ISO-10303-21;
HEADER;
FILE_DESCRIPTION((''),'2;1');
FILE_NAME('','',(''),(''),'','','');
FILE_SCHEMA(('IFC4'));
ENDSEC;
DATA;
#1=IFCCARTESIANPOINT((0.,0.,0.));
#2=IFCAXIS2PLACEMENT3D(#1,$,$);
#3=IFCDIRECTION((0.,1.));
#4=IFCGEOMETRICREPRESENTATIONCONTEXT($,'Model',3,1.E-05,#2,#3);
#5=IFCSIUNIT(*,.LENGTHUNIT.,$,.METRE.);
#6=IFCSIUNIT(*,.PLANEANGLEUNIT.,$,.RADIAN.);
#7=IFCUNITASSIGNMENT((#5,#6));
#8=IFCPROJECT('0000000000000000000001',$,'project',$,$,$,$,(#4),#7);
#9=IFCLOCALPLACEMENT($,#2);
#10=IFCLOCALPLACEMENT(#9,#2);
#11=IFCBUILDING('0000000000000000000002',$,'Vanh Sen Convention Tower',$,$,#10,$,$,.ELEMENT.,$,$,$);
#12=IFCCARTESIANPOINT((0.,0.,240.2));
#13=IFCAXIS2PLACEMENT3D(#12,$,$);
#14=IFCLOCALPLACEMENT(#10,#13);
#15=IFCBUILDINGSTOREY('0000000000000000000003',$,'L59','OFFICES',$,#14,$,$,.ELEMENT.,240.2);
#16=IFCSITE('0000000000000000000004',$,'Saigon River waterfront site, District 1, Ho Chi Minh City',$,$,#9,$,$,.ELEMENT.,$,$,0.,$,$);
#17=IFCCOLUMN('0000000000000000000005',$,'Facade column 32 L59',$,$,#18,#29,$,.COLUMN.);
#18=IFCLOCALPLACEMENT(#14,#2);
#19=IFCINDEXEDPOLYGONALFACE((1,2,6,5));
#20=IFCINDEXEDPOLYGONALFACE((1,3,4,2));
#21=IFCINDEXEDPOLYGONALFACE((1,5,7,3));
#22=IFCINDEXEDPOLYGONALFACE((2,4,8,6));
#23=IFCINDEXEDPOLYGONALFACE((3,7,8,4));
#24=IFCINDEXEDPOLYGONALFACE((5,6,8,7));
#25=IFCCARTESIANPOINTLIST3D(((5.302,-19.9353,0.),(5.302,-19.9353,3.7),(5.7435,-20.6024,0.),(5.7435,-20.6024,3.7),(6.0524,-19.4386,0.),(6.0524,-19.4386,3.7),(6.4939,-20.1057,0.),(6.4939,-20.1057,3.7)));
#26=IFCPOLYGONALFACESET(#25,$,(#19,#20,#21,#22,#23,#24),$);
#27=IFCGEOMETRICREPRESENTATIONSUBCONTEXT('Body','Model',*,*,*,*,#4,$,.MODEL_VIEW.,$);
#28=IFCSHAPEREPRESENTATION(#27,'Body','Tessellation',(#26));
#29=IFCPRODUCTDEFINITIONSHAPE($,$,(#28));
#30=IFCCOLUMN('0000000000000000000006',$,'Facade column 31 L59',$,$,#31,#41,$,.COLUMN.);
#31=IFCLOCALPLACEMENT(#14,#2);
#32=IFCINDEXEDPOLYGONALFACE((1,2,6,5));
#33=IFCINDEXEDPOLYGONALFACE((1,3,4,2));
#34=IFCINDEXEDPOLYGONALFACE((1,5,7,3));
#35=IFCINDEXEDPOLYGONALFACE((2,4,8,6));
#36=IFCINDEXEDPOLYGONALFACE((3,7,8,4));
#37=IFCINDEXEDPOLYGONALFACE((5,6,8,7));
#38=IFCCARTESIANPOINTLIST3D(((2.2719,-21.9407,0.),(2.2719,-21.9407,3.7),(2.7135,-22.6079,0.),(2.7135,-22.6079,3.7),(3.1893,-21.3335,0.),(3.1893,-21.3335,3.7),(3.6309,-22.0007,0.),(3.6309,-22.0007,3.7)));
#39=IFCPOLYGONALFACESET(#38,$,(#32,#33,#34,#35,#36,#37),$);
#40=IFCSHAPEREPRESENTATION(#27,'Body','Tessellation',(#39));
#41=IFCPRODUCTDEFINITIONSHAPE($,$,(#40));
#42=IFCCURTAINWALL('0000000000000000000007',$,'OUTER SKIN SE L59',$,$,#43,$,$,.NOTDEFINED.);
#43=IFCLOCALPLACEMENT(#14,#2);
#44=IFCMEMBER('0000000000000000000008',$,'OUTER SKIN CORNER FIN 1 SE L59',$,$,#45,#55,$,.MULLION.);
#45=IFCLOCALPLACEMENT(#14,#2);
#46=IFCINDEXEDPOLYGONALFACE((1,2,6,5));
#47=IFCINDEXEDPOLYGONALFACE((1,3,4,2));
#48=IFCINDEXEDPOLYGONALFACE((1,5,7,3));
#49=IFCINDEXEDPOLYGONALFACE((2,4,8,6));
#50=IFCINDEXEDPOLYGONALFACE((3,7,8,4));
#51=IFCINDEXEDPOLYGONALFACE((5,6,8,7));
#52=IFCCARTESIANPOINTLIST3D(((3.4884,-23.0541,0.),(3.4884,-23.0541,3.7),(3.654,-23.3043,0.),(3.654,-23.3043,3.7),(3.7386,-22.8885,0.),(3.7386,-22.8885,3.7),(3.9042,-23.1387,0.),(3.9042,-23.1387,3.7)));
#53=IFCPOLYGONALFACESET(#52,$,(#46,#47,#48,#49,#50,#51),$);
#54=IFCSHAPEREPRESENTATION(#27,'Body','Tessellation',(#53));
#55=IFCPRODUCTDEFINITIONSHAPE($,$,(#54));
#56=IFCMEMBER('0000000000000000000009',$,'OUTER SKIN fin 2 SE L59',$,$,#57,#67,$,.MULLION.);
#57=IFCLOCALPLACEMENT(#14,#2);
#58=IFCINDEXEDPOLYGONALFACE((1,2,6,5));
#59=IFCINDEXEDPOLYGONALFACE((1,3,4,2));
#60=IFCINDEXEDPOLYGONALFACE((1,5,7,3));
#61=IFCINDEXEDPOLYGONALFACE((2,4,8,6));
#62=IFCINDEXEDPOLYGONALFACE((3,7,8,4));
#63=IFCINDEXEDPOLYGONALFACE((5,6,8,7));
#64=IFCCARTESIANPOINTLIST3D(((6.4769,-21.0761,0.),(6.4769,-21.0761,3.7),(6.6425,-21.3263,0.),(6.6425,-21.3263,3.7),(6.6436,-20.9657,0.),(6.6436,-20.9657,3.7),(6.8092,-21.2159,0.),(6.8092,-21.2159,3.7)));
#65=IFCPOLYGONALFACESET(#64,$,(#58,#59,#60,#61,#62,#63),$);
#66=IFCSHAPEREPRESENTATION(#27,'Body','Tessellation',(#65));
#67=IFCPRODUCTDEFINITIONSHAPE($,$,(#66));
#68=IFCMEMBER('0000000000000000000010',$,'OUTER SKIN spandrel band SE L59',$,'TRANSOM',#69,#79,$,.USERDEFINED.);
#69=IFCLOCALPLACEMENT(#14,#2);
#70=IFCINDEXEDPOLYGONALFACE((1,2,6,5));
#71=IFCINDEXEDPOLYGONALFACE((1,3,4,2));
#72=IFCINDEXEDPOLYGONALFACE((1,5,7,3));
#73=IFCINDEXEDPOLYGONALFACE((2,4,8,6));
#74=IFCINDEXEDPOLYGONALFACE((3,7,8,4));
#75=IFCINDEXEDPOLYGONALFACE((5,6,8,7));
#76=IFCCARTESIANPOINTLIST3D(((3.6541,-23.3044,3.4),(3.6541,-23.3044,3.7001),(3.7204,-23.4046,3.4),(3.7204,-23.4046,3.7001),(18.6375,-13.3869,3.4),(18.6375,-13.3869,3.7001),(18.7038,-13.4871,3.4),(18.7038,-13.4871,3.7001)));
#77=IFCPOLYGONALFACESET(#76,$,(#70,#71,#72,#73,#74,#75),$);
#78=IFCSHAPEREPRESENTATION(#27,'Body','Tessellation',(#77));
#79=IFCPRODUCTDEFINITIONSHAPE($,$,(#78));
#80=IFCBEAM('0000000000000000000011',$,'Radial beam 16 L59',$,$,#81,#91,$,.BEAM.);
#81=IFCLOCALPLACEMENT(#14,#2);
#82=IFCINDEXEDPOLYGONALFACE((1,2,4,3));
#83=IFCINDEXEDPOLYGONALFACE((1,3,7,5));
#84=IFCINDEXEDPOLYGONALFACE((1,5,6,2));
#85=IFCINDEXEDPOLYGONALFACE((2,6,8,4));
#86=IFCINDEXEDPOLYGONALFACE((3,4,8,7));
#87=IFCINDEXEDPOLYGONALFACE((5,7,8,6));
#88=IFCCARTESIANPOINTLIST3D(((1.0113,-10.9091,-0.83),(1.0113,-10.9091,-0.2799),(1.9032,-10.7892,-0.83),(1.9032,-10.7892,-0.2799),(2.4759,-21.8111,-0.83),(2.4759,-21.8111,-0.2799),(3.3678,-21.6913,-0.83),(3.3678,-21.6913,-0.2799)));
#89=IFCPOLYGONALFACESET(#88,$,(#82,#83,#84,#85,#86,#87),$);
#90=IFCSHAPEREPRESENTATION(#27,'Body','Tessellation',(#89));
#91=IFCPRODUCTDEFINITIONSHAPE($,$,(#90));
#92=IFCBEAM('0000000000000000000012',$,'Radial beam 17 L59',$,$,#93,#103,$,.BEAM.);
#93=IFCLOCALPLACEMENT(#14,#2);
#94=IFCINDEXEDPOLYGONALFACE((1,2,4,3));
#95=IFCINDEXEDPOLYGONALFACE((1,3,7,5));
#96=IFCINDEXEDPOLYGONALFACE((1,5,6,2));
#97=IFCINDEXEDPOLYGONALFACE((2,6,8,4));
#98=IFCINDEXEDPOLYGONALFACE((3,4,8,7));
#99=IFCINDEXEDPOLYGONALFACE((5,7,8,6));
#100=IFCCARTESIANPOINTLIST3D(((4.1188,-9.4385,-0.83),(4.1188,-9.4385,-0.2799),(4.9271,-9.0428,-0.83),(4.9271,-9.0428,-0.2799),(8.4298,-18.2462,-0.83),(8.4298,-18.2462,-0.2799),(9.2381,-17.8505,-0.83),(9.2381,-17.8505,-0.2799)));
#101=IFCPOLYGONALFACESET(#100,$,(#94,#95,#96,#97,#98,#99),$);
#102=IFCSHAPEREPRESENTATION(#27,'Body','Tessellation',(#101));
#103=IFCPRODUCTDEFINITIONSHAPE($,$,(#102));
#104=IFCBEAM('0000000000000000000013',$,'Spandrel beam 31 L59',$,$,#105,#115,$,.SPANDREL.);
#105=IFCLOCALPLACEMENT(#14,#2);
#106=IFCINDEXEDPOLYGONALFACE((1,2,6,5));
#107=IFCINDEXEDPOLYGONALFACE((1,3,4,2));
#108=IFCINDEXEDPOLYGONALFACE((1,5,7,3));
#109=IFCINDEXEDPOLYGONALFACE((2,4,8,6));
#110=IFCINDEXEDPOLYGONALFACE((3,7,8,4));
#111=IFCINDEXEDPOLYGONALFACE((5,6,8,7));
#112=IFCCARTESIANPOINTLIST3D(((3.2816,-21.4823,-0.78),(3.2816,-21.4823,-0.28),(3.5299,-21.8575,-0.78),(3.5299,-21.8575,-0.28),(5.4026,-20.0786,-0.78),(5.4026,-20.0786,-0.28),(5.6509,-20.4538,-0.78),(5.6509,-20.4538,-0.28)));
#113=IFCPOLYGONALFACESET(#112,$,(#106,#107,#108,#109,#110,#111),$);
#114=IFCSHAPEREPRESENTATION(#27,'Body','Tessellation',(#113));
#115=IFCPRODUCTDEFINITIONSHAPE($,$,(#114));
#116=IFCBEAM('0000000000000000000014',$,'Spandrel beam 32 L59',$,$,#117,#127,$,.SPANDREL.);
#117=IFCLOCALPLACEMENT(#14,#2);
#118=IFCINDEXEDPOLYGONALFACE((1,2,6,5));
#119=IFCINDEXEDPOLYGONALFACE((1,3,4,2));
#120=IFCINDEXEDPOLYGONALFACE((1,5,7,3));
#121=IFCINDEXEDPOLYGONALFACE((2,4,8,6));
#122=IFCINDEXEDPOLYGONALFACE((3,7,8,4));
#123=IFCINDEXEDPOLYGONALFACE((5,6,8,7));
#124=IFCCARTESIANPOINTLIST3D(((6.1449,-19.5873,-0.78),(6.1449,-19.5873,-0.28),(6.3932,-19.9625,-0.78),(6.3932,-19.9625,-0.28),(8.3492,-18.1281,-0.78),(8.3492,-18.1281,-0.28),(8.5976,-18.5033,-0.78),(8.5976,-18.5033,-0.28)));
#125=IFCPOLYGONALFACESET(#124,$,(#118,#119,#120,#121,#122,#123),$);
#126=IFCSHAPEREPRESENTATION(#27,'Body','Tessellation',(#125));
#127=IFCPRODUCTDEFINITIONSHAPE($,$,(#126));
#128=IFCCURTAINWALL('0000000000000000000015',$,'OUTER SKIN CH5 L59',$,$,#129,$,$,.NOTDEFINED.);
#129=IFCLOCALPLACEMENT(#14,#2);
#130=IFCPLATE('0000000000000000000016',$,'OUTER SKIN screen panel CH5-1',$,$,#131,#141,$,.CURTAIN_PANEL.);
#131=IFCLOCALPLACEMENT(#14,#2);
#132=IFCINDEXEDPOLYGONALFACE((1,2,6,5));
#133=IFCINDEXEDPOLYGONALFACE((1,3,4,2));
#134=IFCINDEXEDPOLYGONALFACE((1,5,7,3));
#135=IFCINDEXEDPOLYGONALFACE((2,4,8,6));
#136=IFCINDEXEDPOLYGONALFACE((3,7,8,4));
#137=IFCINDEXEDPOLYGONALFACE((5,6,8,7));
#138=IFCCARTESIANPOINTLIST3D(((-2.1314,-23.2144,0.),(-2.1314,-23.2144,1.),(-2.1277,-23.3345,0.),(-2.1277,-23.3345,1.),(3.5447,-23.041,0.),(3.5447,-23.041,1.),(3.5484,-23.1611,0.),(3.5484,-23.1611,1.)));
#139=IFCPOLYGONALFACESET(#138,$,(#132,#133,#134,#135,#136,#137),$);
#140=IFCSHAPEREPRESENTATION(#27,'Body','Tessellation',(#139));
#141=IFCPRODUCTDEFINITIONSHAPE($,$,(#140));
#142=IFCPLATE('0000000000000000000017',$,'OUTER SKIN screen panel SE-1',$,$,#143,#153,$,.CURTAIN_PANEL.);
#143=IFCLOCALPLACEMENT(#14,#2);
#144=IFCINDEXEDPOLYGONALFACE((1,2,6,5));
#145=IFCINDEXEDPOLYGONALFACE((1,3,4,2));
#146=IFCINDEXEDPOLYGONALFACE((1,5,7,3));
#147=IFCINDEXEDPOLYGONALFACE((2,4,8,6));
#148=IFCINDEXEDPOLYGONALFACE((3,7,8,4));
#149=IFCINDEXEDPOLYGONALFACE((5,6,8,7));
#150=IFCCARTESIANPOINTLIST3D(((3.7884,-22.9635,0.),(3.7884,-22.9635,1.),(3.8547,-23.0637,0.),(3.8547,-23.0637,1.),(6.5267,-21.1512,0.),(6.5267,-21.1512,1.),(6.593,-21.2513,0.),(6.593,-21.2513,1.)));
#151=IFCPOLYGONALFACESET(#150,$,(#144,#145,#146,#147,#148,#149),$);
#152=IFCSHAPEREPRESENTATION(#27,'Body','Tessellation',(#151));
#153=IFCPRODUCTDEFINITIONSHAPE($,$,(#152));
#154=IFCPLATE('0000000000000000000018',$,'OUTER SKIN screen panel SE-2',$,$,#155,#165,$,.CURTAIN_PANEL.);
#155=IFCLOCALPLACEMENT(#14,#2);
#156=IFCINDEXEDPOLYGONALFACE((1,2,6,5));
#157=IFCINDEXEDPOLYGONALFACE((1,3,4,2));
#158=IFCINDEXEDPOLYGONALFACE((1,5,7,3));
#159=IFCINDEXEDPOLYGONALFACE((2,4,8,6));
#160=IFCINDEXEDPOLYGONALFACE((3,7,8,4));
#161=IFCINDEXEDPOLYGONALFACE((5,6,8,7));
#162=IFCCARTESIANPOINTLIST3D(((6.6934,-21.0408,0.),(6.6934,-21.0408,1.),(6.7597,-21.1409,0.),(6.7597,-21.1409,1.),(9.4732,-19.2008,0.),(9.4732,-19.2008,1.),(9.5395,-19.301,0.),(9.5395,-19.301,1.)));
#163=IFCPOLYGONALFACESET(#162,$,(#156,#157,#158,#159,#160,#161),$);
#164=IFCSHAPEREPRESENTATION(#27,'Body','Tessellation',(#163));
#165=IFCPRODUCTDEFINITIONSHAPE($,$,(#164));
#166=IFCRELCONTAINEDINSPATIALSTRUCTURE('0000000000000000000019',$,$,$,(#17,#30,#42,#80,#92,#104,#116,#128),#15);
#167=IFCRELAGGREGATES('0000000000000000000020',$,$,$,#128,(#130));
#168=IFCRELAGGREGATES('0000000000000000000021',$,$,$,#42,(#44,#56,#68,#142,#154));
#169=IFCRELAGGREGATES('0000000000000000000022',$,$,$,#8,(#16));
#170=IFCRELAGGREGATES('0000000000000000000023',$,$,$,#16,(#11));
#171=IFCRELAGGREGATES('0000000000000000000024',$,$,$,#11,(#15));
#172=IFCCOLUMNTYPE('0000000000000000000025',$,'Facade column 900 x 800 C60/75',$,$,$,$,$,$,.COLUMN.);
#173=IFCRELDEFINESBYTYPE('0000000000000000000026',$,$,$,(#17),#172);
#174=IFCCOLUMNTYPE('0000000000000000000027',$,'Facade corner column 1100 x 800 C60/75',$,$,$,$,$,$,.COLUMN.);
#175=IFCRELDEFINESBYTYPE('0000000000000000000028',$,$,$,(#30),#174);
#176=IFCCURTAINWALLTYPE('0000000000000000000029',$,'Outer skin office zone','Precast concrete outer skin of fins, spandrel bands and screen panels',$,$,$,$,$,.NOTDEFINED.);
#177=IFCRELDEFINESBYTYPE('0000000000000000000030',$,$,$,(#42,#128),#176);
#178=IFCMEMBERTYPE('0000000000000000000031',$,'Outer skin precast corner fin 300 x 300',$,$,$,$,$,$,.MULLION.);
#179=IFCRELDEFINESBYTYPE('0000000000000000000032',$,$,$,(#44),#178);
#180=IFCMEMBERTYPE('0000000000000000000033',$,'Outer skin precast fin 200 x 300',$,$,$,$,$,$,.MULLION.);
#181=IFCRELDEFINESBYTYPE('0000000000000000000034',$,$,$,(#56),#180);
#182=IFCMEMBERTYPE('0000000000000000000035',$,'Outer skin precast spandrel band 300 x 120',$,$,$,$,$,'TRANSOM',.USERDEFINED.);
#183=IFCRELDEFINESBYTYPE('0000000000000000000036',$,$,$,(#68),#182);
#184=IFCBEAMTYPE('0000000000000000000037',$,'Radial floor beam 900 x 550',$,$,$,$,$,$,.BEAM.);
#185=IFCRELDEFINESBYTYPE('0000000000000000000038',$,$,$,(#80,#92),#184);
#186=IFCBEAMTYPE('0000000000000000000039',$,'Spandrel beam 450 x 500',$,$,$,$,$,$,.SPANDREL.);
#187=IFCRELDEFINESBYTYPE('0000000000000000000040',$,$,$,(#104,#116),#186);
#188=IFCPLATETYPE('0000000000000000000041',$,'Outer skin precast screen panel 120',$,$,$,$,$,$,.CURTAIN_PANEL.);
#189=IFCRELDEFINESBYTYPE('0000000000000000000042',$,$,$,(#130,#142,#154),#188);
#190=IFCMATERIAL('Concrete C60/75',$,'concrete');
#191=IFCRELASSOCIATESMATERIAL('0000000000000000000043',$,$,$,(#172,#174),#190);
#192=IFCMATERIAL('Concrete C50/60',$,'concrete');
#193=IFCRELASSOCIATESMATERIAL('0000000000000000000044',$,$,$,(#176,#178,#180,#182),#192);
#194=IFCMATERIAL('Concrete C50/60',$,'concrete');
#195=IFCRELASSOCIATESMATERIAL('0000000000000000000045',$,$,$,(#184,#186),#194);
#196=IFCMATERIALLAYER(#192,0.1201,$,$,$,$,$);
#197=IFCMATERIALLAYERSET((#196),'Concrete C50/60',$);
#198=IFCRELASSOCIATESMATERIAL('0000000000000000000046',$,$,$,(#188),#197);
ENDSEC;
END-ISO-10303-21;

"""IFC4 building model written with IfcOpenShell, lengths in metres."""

from ifc_helpers import new_model, si_unit, direction, frame, origin, origin_2d, place, context, subcontext, project, spatial, rectangle, extrude, material, layer, layer_set, material_profile, profile_set, type_object, element, aggregate, save


model = new_model("IFC4")

# Units and contexts
model_context = context("Model", 3, precision=1e-05, world=origin(), true_north=direction((0.0, 1.0)))
body_context = subcontext(model_context, "Body", "Model", "MODEL_VIEW")
ifc_project = project(units=[si_unit("LENGTHUNIT", "METRE"), si_unit("PLANEANGLEUNIT", "RADIAN")], contexts=[model_context])

# Site, building, storey
site_placement = place(None, origin())
site = spatial("IfcSite", under=ifc_project, at=site_placement, Name="Saigon River waterfront site, District 1, Ho Chi Minh City", CompositionType="ELEMENT", RefElevation=0.0)
building_placement = place(site_placement, origin())
building = spatial("IfcBuilding", under=site, at=building_placement, Name="Vanh Sen Convention Tower", CompositionType="ELEMENT")
storey_placement = place(building_placement, frame((0.0, 0.0, 240.2)))
storey = spatial("IfcBuildingStorey", under=building, at=storey_placement, Name="L59", Description="OFFICES", CompositionType="ELEMENT", Elevation=240.2)

# Columns
ifc_material_1 = material(Name="Concrete C60/75", Category="concrete")
ifc_material_profile_1 = material_profile(ifc_material_1, rectangle(XDim=0.8999, YDim=0.8, at=origin_2d()), Name="RC 900X800")
ifc_profile_set_1 = profile_set([ifc_material_profile_1], Name="Concrete C60/75")
column_type_1 = type_object("IfcColumnType", Name="Facade column 900 x 800 C60/75", PredefinedType="COLUMN", material=ifc_profile_set_1)
column_1_placement = place(storey_placement, frame((5.8979, -20.0205, 0.0), z_axis=(0.0, 0.0, 1.0), x_axis=(0.833886, 0.551937, 0.0)))
element("IfcColumn", 1, at=column_1_placement, inside=storey, type_object=column_type_1, Name="Facade column 32 L59", PredefinedType="COLUMN", context=body_context, shape_type="SweptSolid", body=[
    extrude(rectangle(XDim=0.8999, YDim=0.8, at=origin_2d()), origin(), (0.0, 0.0, 1.0), 3.7),
])
ifc_material_profile_2 = material_profile(ifc_material_1, rectangle(XDim=1.1001, YDim=0.8, at=origin_2d()), Name="RC 1100X800")
ifc_profile_set_2 = profile_set([ifc_material_profile_2], Name="Concrete C60/75")
column_type_2 = type_object("IfcColumnType", Name="Facade corner column 1100 x 800 C60/75", PredefinedType="COLUMN", material=ifc_profile_set_2)
column_2_placement = place(storey_placement, frame((2.9514, -21.9707, 0.0), z_axis=(0.0, 0.0, 1.0), x_axis=(0.833886, 0.551937, 0.0)))
element("IfcColumn", 2, at=column_2_placement, inside=storey, type_object=column_type_2, Name="Facade column 31 L59", PredefinedType="COLUMN", context=body_context, shape_type="SweptSolid", body=[
    extrude(rectangle(XDim=1.1001, YDim=0.8, at=origin_2d()), origin(), (0.0, 0.0, 1.0), 3.7),
])

# Curtain wall, members
ifc_material_2 = material(Name="Concrete C50/60", Category="concrete")
curtain_wall_type = type_object("IfcCurtainWallType", Name="Outer skin office zone", Description="Precast concrete outer skin of fins, spandrel bands and screen panels", PredefinedType="NOTDEFINED", material=ifc_material_2)
curtain_wall_1_placement = place(storey_placement, origin())
curtain_wall_1 = element("IfcCurtainWall", 3, at=curtain_wall_1_placement, inside=storey, type_object=curtain_wall_type, Name="OUTER SKIN SE L59", PredefinedType="NOTDEFINED")
ifc_material_profile_3 = material_profile(ifc_material_2, rectangle(XDim=0.3, YDim=0.3, at=origin_2d()), Name="Outer skin precast corner fin 300 x 300")
ifc_profile_set_3 = profile_set([ifc_material_profile_3], Name="Concrete C50/60")
member_type_1 = type_object("IfcMemberType", Name="Outer skin precast corner fin 300 x 300", PredefinedType="MULLION", material=ifc_profile_set_3)
member_1_placement = place(storey_placement, frame((3.6963, -23.0964, 0.0), z_axis=(0.0, 0.0, 1.0), x_axis=(0.833886, 0.551937, 0.0)))
member_1 = element("IfcMember", 4, at=member_1_placement, type_object=member_type_1, Name="OUTER SKIN CORNER FIN 1 SE L59", PredefinedType="MULLION", context=body_context, shape_type="SweptSolid", body=[
    extrude(rectangle(XDim=0.3, YDim=0.3, at=origin_2d()), origin(), (0.0, 0.0, 1.0), 3.7),
])
ifc_material_profile_4 = material_profile(ifc_material_2, rectangle(XDim=0.2, YDim=0.3, at=origin_2d()), Name="Outer skin precast fin 200 x 300")
ifc_profile_set_4 = profile_set([ifc_material_profile_4], Name="Concrete C50/60")
member_type_2 = type_object("IfcMemberType", Name="Outer skin precast fin 200 x 300", PredefinedType="MULLION", material=ifc_profile_set_4)
member_2_placement = place(storey_placement, frame((6.6431, -21.146, 0.0), z_axis=(0.0, 0.0, 1.0), x_axis=(0.833886, 0.551937, 0.0)))
member_2 = element("IfcMember", 5, at=member_2_placement, type_object=member_type_2, Name="OUTER SKIN fin 2 SE L59", PredefinedType="MULLION", context=body_context, shape_type="SweptSolid", body=[
    extrude(rectangle(XDim=0.2, YDim=0.3, at=origin_2d()), origin(), (0.0, 0.0, 1.0), 3.7),
])
ifc_material_profile_5 = material_profile(ifc_material_2, rectangle(XDim=0.1201, YDim=0.3, at=origin_2d()), Name="Outer skin precast spandrel band 300 x 120")
ifc_profile_set_5 = profile_set([ifc_material_profile_5], Name="Concrete C50/60")
member_type_3 = type_object("IfcMemberType", Name="Outer skin precast spandrel band 300 x 120", ElementType="TRANSOM", PredefinedType="USERDEFINED", material=ifc_profile_set_5)
member_3_placement = place(storey_placement, frame((3.6873, -23.3545, 3.55), z_axis=(0.833881, 0.551944, 0.0), x_axis=(-0.551944, 0.833881, 0.0)))
member_3 = element("IfcMember", 6, at=member_3_placement, type_object=member_type_3, Name="OUTER SKIN spandrel band SE L59", ObjectType="TRANSOM", PredefinedType="USERDEFINED", context=body_context, shape_type="SweptSolid", body=[
    extrude(rectangle(XDim=0.1201, YDim=0.3, at=origin_2d()), origin(), (0.0, 0.0, 1.0), 17.9683),
])

# Beams
ifc_material_3 = material(Name="Concrete C50/60", Category="concrete")
ifc_material_profile_6 = material_profile(ifc_material_3, rectangle(XDim=0.8999, YDim=0.55, at=origin_2d()), Name="RC 900X550")
ifc_profile_set_6 = profile_set([ifc_material_profile_6], Name="Concrete C50/60")
beam_type_1 = type_object("IfcBeamType", Name="Radial floor beam 900 x 550", PredefinedType="BEAM", material=ifc_profile_set_6)
beam_1_placement = place(storey_placement, frame((2.9219, -21.7512, -0.5549), z_axis=(-0.133145, 0.991097, 0.0), x_axis=(-0.991097, -0.133145, 0.0)))
element("IfcBeam", 7, at=beam_1_placement, inside=storey, type_object=beam_type_1, Name="Radial beam 16 L59", PredefinedType="BEAM", context=body_context, shape_type="SweptSolid", body=[
    extrude(rectangle(XDim=0.8999, YDim=0.55, at=origin_2d()), origin(), (0.0, 0.0, 1.0), 11.0),
])
beam_2_placement = place(storey_placement, frame((8.834, -18.0483, -0.5549), z_axis=(-0.439629, 0.898179, 0.0), x_axis=(-0.898179, -0.439629, 0.0)))
element("IfcBeam", 8, at=beam_2_placement, inside=storey, type_object=beam_type_1, Name="Radial beam 17 L59", PredefinedType="BEAM", context=body_context, shape_type="SweptSolid", body=[
    extrude(rectangle(XDim=0.8999, YDim=0.55, at=origin_2d()), origin(), (0.0, 0.0, 1.0), 9.8062),
])
ifc_material_profile_7 = material_profile(ifc_material_3, rectangle(XDim=0.45, YDim=0.5, at=origin_2d()), Name="RC 450X500")
ifc_profile_set_7 = profile_set([ifc_material_profile_7], Name="Concrete C50/60")
beam_type_2 = type_object("IfcBeamType", Name="Spandrel beam 450 x 500", PredefinedType="SPANDREL", material=ifc_profile_set_7)
beam_3_placement = place(storey_placement, frame((3.4058, -21.6699, -0.53), z_axis=(0.833906, 0.551906, 0.0), x_axis=(-0.551906, 0.833906, 0.0)))
element("IfcBeam", 9, at=beam_3_placement, inside=storey, type_object=beam_type_2, Name="Spandrel beam 31 L59", PredefinedType="SPANDREL", context=body_context, shape_type="SweptSolid", body=[
    extrude(rectangle(XDim=0.45, YDim=0.5, at=origin_2d()), origin(), (0.0, 0.0, 1.0), 2.5435),
])
beam_4_placement = place(storey_placement, frame((6.269, -19.7749, -0.53), z_axis=(0.83385, 0.551991, 0.0), x_axis=(-0.551991, 0.83385, 0.0)))
element("IfcBeam", 10, at=beam_4_placement, inside=storey, type_object=beam_type_2, Name="Spandrel beam 32 L59", PredefinedType="SPANDREL", context=body_context, shape_type="SweptSolid", body=[
    extrude(rectangle(XDim=0.45, YDim=0.5, at=origin_2d()), origin(), (0.0, 0.0, 1.0), 2.6436),
])

# Curtain wall, plate
curtain_wall_2_placement = place(storey_placement, origin())
curtain_wall_2 = element("IfcCurtainWall", 11, at=curtain_wall_2_placement, inside=storey, type_object=curtain_wall_type, Name="OUTER SKIN CH5 L59", PredefinedType="NOTDEFINED")
ifc_layer_1 = layer(ifc_material_2, 0.1201)
ifc_layer_set_1 = layer_set([ifc_layer_1], Name="Concrete C50/60")
plate_type = type_object("IfcPlateType", Name="Outer skin precast screen panel 120", PredefinedType="CURTAIN_PANEL", material=ifc_layer_set_1)
plate_1_placement = place(storey_placement, frame((0.7085, -23.1877, 0.0), z_axis=(0.0, 0.0, 1.0), x_axis=(0.999534, 0.03054, 0.0)))
plate_1 = element("IfcPlate", 12, at=plate_1_placement, type_object=plate_type, Name="OUTER SKIN screen panel CH5-1", PredefinedType="CURTAIN_PANEL", context=body_context, shape_type="SweptSolid", body=[
    extrude(rectangle(XDim=5.6787, YDim=0.1201, at=origin_2d()), origin(), (0.0, 0.0, 1.0), 1.0),
])
aggregate(curtain_wall_2, [plate_1])

# Plates
plate_2_placement = place(storey_placement, frame((5.1907, -22.1074, 0.0), z_axis=(0.0, 0.0, 1.0), x_axis=(0.833896, 0.551921, 0.0)))
plate_2 = element("IfcPlate", 13, at=plate_2_placement, type_object=plate_type, Name="OUTER SKIN screen panel SE-1", PredefinedType="CURTAIN_PANEL", context=body_context, shape_type="SweptSolid", body=[
    extrude(rectangle(XDim=3.2837, YDim=0.1201, at=origin_2d()), origin(), (0.0, 0.0, 1.0), 1.0),
])
plate_3_placement = place(storey_placement, frame((8.1165, -20.1709, 0.0), z_axis=(0.0, 0.0, 1.0), x_axis=(0.833874, 0.551954, 0.0)))
plate_3 = element("IfcPlate", 14, at=plate_3_placement, type_object=plate_type, Name="OUTER SKIN screen panel SE-2", PredefinedType="CURTAIN_PANEL", context=body_context, shape_type="SweptSolid", body=[
    extrude(rectangle(XDim=3.3335, YDim=0.1201, at=origin_2d()), origin(), (0.0, 0.0, 1.0), 1.0),
])
aggregate(curtain_wall_1, [member_1, member_2, member_3, plate_2, plate_3])

save(model, "model.ifc")
